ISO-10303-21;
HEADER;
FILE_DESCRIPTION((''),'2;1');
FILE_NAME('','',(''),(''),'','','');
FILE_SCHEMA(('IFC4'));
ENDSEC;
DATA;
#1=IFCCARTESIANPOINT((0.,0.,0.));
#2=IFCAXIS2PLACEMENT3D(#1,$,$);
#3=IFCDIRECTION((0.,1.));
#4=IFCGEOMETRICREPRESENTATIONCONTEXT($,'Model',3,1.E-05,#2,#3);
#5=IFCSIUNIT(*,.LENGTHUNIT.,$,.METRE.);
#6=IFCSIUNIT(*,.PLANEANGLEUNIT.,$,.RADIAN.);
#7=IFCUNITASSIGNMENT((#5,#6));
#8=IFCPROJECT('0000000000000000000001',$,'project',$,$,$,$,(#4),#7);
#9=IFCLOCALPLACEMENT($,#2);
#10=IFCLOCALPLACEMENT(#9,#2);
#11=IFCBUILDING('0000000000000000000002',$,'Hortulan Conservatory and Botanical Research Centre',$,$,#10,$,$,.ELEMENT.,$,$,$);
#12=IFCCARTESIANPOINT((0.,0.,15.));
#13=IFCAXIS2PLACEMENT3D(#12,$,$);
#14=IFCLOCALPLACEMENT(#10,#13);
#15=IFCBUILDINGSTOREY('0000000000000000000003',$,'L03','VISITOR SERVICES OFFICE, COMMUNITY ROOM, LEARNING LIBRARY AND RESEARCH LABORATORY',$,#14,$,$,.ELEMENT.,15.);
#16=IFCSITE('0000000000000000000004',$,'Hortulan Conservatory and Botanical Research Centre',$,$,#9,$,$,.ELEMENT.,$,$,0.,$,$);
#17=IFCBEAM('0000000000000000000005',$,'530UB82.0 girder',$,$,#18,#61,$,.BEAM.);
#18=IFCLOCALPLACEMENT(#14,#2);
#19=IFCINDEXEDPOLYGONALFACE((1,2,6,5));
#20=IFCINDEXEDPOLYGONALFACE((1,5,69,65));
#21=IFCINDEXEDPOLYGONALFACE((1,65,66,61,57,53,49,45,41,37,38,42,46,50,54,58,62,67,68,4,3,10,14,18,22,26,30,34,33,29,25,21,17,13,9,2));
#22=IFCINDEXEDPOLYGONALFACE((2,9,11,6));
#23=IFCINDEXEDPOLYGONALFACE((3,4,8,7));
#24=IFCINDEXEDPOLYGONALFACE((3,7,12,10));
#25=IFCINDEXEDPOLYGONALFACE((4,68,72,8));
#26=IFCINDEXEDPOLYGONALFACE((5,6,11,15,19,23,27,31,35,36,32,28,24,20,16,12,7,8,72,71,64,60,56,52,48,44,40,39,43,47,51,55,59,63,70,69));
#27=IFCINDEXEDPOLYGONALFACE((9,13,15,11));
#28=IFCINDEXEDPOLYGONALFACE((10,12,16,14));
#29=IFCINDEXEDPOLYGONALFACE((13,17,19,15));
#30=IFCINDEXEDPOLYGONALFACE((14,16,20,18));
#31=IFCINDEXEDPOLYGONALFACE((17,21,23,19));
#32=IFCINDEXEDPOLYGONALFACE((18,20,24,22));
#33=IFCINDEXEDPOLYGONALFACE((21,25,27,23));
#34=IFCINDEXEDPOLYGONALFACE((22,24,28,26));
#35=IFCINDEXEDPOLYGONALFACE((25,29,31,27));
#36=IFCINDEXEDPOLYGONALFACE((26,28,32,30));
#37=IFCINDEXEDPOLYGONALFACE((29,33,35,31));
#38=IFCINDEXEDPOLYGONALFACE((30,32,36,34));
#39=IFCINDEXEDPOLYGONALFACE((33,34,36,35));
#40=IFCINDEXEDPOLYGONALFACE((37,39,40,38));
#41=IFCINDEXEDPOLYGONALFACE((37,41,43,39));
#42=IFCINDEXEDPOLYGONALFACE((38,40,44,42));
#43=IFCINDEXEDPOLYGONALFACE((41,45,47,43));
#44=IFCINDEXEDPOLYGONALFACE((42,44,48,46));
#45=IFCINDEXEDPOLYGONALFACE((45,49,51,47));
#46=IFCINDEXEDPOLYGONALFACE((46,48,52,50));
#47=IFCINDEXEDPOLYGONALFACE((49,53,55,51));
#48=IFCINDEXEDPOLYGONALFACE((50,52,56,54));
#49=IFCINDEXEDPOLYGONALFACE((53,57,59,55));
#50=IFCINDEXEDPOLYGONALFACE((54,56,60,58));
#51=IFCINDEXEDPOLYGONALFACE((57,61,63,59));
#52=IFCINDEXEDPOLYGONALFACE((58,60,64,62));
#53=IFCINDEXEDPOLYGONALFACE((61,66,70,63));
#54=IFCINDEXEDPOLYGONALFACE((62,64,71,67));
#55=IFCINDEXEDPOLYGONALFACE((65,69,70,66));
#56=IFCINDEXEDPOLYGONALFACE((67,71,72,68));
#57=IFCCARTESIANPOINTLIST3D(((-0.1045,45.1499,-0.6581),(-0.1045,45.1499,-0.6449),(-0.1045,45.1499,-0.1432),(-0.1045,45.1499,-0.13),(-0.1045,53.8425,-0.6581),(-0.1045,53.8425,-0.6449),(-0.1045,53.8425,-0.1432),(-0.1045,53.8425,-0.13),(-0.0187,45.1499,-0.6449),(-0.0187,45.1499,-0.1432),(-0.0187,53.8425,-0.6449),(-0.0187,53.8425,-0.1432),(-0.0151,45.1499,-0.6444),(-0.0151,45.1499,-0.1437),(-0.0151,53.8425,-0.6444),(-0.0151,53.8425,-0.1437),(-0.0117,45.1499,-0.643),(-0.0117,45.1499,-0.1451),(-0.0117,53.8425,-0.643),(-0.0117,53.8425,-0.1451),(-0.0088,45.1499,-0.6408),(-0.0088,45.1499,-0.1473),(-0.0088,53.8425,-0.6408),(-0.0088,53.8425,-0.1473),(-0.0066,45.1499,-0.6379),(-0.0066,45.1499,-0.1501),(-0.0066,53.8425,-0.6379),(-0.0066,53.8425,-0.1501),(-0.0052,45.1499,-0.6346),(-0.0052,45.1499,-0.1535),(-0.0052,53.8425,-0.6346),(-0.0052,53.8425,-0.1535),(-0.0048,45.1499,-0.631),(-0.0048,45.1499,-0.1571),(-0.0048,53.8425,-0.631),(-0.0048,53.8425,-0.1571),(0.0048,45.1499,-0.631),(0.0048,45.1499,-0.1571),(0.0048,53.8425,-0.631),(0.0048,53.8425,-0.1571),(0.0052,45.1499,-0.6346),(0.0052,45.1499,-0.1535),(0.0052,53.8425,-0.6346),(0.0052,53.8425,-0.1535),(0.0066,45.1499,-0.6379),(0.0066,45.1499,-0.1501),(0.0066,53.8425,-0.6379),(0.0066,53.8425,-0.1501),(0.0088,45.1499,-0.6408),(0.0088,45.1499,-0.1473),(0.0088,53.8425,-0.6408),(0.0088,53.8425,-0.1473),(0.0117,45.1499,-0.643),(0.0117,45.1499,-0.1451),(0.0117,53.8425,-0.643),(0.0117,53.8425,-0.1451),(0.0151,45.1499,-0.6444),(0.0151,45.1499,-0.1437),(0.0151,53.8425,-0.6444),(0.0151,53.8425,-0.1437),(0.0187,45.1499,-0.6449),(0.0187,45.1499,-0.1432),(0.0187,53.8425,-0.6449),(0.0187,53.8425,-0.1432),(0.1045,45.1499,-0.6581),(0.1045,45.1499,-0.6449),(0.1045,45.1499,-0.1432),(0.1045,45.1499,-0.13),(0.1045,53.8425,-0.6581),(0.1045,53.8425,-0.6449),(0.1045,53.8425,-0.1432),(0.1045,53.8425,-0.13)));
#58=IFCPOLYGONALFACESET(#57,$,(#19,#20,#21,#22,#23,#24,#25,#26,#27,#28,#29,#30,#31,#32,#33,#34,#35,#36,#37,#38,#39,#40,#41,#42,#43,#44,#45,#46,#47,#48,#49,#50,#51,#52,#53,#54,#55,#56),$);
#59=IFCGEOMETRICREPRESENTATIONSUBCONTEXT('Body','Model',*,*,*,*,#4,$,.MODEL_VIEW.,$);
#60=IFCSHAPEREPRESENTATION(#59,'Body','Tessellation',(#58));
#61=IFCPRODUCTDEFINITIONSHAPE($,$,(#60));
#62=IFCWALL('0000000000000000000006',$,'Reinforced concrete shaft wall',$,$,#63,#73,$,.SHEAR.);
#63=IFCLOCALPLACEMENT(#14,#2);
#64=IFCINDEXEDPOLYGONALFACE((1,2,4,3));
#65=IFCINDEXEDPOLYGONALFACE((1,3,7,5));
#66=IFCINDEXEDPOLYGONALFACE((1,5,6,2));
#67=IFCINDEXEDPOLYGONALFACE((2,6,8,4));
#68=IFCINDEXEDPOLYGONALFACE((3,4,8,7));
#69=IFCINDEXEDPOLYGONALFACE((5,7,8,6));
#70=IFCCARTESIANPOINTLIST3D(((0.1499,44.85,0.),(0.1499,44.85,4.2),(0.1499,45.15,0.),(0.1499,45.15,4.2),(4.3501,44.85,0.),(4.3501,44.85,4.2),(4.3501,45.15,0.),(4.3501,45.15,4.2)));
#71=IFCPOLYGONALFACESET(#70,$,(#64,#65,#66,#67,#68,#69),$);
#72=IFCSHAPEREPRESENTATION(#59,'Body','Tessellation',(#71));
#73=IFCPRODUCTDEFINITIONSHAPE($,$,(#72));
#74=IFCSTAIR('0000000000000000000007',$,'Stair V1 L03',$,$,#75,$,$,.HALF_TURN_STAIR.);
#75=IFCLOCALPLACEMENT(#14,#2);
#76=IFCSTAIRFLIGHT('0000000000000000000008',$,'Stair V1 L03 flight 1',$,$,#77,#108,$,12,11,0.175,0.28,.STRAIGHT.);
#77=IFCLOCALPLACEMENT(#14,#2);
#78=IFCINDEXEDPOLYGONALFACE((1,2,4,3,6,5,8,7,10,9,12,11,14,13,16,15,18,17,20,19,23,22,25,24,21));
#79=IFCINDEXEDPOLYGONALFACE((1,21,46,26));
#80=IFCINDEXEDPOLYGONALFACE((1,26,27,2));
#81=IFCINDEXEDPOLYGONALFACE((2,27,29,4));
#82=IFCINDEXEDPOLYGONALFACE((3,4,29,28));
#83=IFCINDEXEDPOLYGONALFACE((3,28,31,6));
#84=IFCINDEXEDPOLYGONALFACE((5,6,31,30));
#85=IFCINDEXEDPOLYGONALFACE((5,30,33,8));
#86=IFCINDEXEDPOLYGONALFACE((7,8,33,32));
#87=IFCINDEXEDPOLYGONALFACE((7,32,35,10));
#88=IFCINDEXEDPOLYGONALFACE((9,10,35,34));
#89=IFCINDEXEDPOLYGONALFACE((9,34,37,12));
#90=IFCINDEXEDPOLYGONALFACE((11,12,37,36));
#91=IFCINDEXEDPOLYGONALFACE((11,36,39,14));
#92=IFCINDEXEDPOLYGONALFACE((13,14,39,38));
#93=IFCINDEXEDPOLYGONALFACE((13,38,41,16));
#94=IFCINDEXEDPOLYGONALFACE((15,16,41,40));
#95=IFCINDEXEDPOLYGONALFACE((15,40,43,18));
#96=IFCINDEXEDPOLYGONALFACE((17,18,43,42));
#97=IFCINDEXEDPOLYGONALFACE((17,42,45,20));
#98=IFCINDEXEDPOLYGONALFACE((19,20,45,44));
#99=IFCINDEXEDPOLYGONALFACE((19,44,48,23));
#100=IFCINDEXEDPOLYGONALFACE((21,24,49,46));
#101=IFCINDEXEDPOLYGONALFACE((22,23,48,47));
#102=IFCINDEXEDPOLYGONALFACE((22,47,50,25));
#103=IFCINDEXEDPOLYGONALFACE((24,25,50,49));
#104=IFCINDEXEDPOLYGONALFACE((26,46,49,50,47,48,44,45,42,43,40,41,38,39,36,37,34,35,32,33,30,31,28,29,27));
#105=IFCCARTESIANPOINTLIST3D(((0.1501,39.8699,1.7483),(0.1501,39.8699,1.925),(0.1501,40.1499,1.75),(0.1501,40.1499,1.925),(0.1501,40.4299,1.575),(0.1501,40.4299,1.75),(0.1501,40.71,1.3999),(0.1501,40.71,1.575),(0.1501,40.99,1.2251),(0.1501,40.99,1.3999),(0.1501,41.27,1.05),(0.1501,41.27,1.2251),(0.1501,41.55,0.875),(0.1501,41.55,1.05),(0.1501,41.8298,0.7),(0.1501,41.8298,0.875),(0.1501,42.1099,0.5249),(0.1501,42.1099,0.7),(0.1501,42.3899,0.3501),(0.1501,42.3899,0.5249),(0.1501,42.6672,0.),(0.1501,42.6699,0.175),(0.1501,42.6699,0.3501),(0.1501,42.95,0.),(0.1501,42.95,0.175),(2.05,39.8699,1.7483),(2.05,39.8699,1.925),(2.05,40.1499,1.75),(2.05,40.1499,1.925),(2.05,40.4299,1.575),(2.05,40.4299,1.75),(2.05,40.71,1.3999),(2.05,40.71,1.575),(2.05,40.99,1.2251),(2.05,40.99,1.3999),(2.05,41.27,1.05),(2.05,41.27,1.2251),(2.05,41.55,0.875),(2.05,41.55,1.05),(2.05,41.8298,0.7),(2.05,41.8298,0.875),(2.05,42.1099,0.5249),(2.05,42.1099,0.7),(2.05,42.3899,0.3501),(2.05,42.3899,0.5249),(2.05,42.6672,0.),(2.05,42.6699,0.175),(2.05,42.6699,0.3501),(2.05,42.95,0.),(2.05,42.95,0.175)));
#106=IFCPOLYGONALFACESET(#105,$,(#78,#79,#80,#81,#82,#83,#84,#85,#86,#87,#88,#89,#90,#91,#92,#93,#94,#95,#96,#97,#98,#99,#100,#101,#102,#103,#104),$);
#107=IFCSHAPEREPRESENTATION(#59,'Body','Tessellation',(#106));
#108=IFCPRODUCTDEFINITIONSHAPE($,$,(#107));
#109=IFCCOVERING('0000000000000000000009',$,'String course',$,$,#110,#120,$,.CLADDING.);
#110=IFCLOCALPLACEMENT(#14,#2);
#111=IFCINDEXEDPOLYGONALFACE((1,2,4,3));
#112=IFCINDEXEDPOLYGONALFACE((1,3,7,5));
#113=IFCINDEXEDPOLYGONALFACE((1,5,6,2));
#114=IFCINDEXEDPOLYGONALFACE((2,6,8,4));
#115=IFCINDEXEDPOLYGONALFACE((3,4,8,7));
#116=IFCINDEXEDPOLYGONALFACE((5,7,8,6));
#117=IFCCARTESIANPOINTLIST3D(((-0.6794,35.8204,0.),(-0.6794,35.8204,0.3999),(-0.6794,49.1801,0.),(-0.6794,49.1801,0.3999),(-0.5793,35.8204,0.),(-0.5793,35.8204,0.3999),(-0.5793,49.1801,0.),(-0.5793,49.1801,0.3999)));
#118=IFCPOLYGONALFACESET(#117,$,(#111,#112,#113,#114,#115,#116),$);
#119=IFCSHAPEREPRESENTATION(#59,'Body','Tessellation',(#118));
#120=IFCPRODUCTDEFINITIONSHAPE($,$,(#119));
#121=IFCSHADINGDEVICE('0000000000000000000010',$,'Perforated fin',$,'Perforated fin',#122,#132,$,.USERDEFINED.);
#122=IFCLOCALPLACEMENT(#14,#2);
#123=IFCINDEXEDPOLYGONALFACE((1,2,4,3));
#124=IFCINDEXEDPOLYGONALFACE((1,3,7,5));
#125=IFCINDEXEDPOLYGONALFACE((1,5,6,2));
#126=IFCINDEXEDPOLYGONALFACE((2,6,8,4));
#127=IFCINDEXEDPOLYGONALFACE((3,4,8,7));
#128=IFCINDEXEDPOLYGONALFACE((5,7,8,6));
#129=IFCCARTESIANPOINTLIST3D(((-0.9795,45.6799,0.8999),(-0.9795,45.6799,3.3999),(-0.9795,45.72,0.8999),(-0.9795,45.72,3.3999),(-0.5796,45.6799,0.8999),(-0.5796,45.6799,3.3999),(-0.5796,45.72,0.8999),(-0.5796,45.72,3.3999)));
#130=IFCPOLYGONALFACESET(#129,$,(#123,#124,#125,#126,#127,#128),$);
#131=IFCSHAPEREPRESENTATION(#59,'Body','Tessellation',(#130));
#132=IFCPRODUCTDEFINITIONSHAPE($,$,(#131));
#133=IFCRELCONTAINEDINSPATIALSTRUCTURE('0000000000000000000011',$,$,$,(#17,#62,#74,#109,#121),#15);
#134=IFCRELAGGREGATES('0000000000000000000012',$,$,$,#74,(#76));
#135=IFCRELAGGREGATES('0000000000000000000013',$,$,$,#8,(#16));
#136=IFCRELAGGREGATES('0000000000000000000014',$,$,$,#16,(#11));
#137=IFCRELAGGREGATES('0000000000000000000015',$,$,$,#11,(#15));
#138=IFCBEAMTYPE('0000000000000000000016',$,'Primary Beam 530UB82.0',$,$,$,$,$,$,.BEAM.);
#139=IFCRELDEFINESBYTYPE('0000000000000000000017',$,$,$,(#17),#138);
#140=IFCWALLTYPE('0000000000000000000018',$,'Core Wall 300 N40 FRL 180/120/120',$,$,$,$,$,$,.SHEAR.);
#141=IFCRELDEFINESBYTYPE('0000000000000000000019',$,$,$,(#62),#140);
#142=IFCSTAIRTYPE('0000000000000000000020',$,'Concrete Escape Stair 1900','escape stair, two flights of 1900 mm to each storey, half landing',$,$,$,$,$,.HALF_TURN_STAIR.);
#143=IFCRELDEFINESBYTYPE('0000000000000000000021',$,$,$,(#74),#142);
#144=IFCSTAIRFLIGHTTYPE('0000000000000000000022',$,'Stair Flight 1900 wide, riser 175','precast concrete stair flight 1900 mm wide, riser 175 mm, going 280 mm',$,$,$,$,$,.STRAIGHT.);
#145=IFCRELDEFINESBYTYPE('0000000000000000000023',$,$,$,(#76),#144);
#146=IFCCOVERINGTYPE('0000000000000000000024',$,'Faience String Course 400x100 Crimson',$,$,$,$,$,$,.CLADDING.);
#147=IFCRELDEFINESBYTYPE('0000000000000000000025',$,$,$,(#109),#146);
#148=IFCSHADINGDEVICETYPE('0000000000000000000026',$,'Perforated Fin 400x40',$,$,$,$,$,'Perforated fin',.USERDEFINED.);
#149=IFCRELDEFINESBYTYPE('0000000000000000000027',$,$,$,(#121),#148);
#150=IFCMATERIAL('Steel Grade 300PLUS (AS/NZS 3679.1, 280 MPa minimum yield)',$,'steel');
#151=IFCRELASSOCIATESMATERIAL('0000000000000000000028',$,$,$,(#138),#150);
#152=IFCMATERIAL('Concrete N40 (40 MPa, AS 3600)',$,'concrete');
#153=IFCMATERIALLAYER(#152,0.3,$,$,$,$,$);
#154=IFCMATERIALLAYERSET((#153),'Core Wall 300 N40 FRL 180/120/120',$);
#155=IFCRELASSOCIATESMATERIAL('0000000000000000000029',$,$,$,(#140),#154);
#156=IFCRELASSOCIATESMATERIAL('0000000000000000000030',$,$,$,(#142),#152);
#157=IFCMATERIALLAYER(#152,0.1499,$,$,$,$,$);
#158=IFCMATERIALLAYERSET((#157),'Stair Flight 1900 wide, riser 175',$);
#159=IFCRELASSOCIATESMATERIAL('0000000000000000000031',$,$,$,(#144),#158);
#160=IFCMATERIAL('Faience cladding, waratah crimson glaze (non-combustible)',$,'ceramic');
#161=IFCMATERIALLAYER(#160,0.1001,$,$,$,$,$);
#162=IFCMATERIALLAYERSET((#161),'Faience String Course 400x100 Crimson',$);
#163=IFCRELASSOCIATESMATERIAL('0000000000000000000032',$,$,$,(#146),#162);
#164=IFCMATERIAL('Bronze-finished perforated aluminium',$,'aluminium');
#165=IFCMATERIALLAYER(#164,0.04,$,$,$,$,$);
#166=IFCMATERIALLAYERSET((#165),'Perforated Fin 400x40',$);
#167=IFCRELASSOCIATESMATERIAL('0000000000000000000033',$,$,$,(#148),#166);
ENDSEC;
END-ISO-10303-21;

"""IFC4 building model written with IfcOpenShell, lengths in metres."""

from ifc_helpers import new_model, si_unit, direction, frame, frame_2d, origin, origin_2d, place, context, subcontext, project, spatial, polyline, rectangle, i_section, outline, extrude, material, layer, layer_set, material_profile, profile_set, type_object, element, aggregate, save


model = new_model("IFC4")

# Units and contexts
model_context = context("Model", 3, precision=1e-05, world=origin(), true_north=direction((0.0, 1.0)))
body_context = subcontext(model_context, "Body", "Model", "MODEL_VIEW")
ifc_project = project(units=[si_unit("LENGTHUNIT", "METRE"), si_unit("PLANEANGLEUNIT", "RADIAN")], contexts=[model_context])

# Site, building, storey
site_placement = place(None, origin())
site = spatial("IfcSite", under=ifc_project, at=site_placement, Name="Hortulan Conservatory and Botanical Research Centre", CompositionType="ELEMENT", RefElevation=0.0)
building_placement = place(site_placement, origin())
building = spatial("IfcBuilding", under=site, at=building_placement, Name="Hortulan Conservatory and Botanical Research Centre", CompositionType="ELEMENT")
storey_placement = place(building_placement, frame((0.0, 0.0, 15.0)))
storey = spatial("IfcBuildingStorey", under=building, at=storey_placement, Name="L03", Description="VISITOR SERVICES OFFICE, COMMUNITY ROOM, LEARNING LIBRARY AND RESEARCH LABORATORY", CompositionType="ELEMENT", Elevation=15.0)

# Beam
ifc_material_1 = material(Name="Steel Grade 300PLUS (AS/NZS 3679.1, 280 MPa minimum yield)", Category="steel")
ifc_material_profile = material_profile(ifc_material_1, i_section(OverallWidth=0.209, OverallDepth=0.5281, WebThickness=0.0095, FlangeThickness=0.0132, FilletRadius=0.0139, at=origin_2d()), Name="530UB82.0")
ifc_profile_set = profile_set([ifc_material_profile], Name="Steel Grade 300PLUS (AS/NZS 3679.1, 280 MPa minimum yield)")
beam_type = type_object("IfcBeamType", Name="Primary Beam 530UB82.0", PredefinedType="BEAM", material=ifc_profile_set)
beam_placement = place(storey_placement, frame((0.0, 45.1499, -0.394), z_axis=(0.0, 1.0, 0.0), x_axis=(-1.0, 0.0, 0.0)))
element("IfcBeam", 1, at=beam_placement, inside=storey, type_object=beam_type, Name="530UB82.0 girder", PredefinedType="BEAM", context=body_context, shape_type="SweptSolid", body=[
    extrude(i_section(OverallWidth=0.209, OverallDepth=0.5281, WebThickness=0.0095, FlangeThickness=0.0132, FilletRadius=0.0139, at=origin_2d()), origin(), (0.0, 0.0, 1.0), 8.6926),
])

# Wall
ifc_material_2 = material(Name="Concrete N40 (40 MPa, AS 3600)", Category="concrete")
ifc_layer_1 = layer(ifc_material_2, 0.3)
ifc_layer_set_1 = layer_set([ifc_layer_1], Name="Core Wall 300 N40 FRL 180/120/120")
wall_type = type_object("IfcWallType", Name="Core Wall 300 N40 FRL 180/120/120", PredefinedType="SHEAR", material=ifc_layer_set_1)
wall_placement = place(storey_placement, frame((0.1499, 45.0, 0.0), z_axis=(0.0, 0.0, 1.0), x_axis=(1.0, 0.0, 0.0)))
element("IfcWall", 2, at=wall_placement, inside=storey, type_object=wall_type, Name="Reinforced concrete shaft wall", PredefinedType="SHEAR", context=body_context, shape_type="SweptSolid", body=[
    extrude(rectangle(XDim=4.2002, YDim=0.3, at=frame_2d((2.1001, 0.0))), origin(), (0.0, 0.0, 1.0), 4.2),
])

# Stair, stair flight
stair_type = type_object("IfcStairType", Name="Concrete Escape Stair 1900", Description="escape stair, two flights of 1900 mm to each storey, half landing", PredefinedType="HALF_TURN_STAIR", material=ifc_material_2)
stair_placement = place(storey_placement, origin())
stair = element("IfcStair", 3, at=stair_placement, inside=storey, type_object=stair_type, Name="Stair V1 L03", PredefinedType="HALF_TURN_STAIR")
ifc_layer_2 = layer(ifc_material_2, 0.1499)
ifc_layer_set_2 = layer_set([ifc_layer_2], Name="Stair Flight 1900 wide, riser 175")
stair_flight_type = type_object("IfcStairFlightType", Name="Stair Flight 1900 wide, riser 175", Description="precast concrete stair flight 1900 mm wide, riser 175 mm, going 280 mm", PredefinedType="STRAIGHT", material=ifc_layer_set_2)
stair_flight_placement = place(storey_placement, frame((1.1001, 42.95, 0.0), z_axis=(0.0, 0.0, 1.0), x_axis=(0.0, -1.0, 0.0)))
stair_flight = element("IfcStairFlight", 4, at=stair_flight_placement, type_object=stair_flight_type, Name="Stair V1 L03 flight 1", NumberOfRisers=12, NumberOfTreads=11, PredefinedType="STRAIGHT", RiserHeight=0.175, TreadLength=0.28, context=body_context, shape_type="SweptSolid", body=[
    extrude(outline(polyline([(0.0, 0.0), (0.0, 0.175), (0.28, 0.175), (0.28, 0.3501), (0.5601, 0.3501), (0.5601, 0.5249), (0.8401, 0.5249), (0.8401, 0.7), (1.1201, 0.7), (1.1201, 0.875), (1.3999, 0.875), (1.3999, 1.05), (1.6799, 1.05), (1.6799, 1.2251), (1.96, 1.2251), (1.96, 1.3999), (2.24, 1.3999), (2.24, 1.575), (2.52, 1.575), (2.52, 1.75), (2.8, 1.75), (2.8, 1.925), (3.0801, 1.925), (3.0801, 2.1001), (3.0801, 1.7483), (0.2827, 0.0), (0.0, 0.0)])), frame((0.0, 0.95, 0.0), z_axis=(0.0, -1.0, 0.0), x_axis=(1.0, 0.0, 0.0)), (0.0, 0.0, 1.0), 1.8999),
])
aggregate(stair, [stair_flight])

# Covering
ifc_material_3 = material(Name="Faience cladding, waratah crimson glaze (non-combustible)", Category="ceramic")
ifc_layer_3 = layer(ifc_material_3, 0.1001)
ifc_layer_set_3 = layer_set([ifc_layer_3], Name="Faience String Course 400x100 Crimson")
covering_type_1 = type_object("IfcCoveringType", Name="Faience String Course 400x100 Crimson", PredefinedType="CLADDING", material=ifc_layer_set_3)
covering_1_placement = place(storey_placement, frame((-0.6294, 42.5002, 0.0), z_axis=(0.0, 0.0, 1.0), x_axis=(0.0, 1.0, 0.0)))
element("IfcCovering", 5, at=covering_1_placement, inside=storey, type_object=covering_type_1, Name="String course", PredefinedType="CLADDING", context=body_context, shape_type="SweptSolid", body=[
    extrude(rectangle(XDim=13.3596, YDim=0.1001, at=origin_2d()), origin(), (0.0, 0.0, 1.0), 0.3999),
])

# Shading device
ifc_material_4 = material(Name="Bronze-finished perforated aluminium", Category="aluminium")
ifc_layer_4 = layer(ifc_material_4, 0.04)
ifc_layer_set_4 = layer_set([ifc_layer_4], Name="Perforated Fin 400x40")
shading_device_type = type_object("IfcShadingDeviceType", Name="Perforated Fin 400x40", ElementType="Perforated fin", PredefinedType="USERDEFINED", material=ifc_layer_set_4)
shading_device_placement = place(storey_placement, frame((-0.7795, 45.7, 0.8999), z_axis=(0.0, 0.0, 1.0), x_axis=(0.0, 1.0, 0.0)))
element("IfcShadingDevice", 6, at=shading_device_placement, inside=storey, type_object=shading_device_type, Name="Perforated fin", ObjectType="Perforated fin", PredefinedType="USERDEFINED", context=body_context, shape_type="SweptSolid", body=[
    extrude(rectangle(XDim=0.04, YDim=0.3999, at=origin_2d()), origin(), (0.0, 0.0, 1.0), 2.5),
])

save(model, "model.ifc")
